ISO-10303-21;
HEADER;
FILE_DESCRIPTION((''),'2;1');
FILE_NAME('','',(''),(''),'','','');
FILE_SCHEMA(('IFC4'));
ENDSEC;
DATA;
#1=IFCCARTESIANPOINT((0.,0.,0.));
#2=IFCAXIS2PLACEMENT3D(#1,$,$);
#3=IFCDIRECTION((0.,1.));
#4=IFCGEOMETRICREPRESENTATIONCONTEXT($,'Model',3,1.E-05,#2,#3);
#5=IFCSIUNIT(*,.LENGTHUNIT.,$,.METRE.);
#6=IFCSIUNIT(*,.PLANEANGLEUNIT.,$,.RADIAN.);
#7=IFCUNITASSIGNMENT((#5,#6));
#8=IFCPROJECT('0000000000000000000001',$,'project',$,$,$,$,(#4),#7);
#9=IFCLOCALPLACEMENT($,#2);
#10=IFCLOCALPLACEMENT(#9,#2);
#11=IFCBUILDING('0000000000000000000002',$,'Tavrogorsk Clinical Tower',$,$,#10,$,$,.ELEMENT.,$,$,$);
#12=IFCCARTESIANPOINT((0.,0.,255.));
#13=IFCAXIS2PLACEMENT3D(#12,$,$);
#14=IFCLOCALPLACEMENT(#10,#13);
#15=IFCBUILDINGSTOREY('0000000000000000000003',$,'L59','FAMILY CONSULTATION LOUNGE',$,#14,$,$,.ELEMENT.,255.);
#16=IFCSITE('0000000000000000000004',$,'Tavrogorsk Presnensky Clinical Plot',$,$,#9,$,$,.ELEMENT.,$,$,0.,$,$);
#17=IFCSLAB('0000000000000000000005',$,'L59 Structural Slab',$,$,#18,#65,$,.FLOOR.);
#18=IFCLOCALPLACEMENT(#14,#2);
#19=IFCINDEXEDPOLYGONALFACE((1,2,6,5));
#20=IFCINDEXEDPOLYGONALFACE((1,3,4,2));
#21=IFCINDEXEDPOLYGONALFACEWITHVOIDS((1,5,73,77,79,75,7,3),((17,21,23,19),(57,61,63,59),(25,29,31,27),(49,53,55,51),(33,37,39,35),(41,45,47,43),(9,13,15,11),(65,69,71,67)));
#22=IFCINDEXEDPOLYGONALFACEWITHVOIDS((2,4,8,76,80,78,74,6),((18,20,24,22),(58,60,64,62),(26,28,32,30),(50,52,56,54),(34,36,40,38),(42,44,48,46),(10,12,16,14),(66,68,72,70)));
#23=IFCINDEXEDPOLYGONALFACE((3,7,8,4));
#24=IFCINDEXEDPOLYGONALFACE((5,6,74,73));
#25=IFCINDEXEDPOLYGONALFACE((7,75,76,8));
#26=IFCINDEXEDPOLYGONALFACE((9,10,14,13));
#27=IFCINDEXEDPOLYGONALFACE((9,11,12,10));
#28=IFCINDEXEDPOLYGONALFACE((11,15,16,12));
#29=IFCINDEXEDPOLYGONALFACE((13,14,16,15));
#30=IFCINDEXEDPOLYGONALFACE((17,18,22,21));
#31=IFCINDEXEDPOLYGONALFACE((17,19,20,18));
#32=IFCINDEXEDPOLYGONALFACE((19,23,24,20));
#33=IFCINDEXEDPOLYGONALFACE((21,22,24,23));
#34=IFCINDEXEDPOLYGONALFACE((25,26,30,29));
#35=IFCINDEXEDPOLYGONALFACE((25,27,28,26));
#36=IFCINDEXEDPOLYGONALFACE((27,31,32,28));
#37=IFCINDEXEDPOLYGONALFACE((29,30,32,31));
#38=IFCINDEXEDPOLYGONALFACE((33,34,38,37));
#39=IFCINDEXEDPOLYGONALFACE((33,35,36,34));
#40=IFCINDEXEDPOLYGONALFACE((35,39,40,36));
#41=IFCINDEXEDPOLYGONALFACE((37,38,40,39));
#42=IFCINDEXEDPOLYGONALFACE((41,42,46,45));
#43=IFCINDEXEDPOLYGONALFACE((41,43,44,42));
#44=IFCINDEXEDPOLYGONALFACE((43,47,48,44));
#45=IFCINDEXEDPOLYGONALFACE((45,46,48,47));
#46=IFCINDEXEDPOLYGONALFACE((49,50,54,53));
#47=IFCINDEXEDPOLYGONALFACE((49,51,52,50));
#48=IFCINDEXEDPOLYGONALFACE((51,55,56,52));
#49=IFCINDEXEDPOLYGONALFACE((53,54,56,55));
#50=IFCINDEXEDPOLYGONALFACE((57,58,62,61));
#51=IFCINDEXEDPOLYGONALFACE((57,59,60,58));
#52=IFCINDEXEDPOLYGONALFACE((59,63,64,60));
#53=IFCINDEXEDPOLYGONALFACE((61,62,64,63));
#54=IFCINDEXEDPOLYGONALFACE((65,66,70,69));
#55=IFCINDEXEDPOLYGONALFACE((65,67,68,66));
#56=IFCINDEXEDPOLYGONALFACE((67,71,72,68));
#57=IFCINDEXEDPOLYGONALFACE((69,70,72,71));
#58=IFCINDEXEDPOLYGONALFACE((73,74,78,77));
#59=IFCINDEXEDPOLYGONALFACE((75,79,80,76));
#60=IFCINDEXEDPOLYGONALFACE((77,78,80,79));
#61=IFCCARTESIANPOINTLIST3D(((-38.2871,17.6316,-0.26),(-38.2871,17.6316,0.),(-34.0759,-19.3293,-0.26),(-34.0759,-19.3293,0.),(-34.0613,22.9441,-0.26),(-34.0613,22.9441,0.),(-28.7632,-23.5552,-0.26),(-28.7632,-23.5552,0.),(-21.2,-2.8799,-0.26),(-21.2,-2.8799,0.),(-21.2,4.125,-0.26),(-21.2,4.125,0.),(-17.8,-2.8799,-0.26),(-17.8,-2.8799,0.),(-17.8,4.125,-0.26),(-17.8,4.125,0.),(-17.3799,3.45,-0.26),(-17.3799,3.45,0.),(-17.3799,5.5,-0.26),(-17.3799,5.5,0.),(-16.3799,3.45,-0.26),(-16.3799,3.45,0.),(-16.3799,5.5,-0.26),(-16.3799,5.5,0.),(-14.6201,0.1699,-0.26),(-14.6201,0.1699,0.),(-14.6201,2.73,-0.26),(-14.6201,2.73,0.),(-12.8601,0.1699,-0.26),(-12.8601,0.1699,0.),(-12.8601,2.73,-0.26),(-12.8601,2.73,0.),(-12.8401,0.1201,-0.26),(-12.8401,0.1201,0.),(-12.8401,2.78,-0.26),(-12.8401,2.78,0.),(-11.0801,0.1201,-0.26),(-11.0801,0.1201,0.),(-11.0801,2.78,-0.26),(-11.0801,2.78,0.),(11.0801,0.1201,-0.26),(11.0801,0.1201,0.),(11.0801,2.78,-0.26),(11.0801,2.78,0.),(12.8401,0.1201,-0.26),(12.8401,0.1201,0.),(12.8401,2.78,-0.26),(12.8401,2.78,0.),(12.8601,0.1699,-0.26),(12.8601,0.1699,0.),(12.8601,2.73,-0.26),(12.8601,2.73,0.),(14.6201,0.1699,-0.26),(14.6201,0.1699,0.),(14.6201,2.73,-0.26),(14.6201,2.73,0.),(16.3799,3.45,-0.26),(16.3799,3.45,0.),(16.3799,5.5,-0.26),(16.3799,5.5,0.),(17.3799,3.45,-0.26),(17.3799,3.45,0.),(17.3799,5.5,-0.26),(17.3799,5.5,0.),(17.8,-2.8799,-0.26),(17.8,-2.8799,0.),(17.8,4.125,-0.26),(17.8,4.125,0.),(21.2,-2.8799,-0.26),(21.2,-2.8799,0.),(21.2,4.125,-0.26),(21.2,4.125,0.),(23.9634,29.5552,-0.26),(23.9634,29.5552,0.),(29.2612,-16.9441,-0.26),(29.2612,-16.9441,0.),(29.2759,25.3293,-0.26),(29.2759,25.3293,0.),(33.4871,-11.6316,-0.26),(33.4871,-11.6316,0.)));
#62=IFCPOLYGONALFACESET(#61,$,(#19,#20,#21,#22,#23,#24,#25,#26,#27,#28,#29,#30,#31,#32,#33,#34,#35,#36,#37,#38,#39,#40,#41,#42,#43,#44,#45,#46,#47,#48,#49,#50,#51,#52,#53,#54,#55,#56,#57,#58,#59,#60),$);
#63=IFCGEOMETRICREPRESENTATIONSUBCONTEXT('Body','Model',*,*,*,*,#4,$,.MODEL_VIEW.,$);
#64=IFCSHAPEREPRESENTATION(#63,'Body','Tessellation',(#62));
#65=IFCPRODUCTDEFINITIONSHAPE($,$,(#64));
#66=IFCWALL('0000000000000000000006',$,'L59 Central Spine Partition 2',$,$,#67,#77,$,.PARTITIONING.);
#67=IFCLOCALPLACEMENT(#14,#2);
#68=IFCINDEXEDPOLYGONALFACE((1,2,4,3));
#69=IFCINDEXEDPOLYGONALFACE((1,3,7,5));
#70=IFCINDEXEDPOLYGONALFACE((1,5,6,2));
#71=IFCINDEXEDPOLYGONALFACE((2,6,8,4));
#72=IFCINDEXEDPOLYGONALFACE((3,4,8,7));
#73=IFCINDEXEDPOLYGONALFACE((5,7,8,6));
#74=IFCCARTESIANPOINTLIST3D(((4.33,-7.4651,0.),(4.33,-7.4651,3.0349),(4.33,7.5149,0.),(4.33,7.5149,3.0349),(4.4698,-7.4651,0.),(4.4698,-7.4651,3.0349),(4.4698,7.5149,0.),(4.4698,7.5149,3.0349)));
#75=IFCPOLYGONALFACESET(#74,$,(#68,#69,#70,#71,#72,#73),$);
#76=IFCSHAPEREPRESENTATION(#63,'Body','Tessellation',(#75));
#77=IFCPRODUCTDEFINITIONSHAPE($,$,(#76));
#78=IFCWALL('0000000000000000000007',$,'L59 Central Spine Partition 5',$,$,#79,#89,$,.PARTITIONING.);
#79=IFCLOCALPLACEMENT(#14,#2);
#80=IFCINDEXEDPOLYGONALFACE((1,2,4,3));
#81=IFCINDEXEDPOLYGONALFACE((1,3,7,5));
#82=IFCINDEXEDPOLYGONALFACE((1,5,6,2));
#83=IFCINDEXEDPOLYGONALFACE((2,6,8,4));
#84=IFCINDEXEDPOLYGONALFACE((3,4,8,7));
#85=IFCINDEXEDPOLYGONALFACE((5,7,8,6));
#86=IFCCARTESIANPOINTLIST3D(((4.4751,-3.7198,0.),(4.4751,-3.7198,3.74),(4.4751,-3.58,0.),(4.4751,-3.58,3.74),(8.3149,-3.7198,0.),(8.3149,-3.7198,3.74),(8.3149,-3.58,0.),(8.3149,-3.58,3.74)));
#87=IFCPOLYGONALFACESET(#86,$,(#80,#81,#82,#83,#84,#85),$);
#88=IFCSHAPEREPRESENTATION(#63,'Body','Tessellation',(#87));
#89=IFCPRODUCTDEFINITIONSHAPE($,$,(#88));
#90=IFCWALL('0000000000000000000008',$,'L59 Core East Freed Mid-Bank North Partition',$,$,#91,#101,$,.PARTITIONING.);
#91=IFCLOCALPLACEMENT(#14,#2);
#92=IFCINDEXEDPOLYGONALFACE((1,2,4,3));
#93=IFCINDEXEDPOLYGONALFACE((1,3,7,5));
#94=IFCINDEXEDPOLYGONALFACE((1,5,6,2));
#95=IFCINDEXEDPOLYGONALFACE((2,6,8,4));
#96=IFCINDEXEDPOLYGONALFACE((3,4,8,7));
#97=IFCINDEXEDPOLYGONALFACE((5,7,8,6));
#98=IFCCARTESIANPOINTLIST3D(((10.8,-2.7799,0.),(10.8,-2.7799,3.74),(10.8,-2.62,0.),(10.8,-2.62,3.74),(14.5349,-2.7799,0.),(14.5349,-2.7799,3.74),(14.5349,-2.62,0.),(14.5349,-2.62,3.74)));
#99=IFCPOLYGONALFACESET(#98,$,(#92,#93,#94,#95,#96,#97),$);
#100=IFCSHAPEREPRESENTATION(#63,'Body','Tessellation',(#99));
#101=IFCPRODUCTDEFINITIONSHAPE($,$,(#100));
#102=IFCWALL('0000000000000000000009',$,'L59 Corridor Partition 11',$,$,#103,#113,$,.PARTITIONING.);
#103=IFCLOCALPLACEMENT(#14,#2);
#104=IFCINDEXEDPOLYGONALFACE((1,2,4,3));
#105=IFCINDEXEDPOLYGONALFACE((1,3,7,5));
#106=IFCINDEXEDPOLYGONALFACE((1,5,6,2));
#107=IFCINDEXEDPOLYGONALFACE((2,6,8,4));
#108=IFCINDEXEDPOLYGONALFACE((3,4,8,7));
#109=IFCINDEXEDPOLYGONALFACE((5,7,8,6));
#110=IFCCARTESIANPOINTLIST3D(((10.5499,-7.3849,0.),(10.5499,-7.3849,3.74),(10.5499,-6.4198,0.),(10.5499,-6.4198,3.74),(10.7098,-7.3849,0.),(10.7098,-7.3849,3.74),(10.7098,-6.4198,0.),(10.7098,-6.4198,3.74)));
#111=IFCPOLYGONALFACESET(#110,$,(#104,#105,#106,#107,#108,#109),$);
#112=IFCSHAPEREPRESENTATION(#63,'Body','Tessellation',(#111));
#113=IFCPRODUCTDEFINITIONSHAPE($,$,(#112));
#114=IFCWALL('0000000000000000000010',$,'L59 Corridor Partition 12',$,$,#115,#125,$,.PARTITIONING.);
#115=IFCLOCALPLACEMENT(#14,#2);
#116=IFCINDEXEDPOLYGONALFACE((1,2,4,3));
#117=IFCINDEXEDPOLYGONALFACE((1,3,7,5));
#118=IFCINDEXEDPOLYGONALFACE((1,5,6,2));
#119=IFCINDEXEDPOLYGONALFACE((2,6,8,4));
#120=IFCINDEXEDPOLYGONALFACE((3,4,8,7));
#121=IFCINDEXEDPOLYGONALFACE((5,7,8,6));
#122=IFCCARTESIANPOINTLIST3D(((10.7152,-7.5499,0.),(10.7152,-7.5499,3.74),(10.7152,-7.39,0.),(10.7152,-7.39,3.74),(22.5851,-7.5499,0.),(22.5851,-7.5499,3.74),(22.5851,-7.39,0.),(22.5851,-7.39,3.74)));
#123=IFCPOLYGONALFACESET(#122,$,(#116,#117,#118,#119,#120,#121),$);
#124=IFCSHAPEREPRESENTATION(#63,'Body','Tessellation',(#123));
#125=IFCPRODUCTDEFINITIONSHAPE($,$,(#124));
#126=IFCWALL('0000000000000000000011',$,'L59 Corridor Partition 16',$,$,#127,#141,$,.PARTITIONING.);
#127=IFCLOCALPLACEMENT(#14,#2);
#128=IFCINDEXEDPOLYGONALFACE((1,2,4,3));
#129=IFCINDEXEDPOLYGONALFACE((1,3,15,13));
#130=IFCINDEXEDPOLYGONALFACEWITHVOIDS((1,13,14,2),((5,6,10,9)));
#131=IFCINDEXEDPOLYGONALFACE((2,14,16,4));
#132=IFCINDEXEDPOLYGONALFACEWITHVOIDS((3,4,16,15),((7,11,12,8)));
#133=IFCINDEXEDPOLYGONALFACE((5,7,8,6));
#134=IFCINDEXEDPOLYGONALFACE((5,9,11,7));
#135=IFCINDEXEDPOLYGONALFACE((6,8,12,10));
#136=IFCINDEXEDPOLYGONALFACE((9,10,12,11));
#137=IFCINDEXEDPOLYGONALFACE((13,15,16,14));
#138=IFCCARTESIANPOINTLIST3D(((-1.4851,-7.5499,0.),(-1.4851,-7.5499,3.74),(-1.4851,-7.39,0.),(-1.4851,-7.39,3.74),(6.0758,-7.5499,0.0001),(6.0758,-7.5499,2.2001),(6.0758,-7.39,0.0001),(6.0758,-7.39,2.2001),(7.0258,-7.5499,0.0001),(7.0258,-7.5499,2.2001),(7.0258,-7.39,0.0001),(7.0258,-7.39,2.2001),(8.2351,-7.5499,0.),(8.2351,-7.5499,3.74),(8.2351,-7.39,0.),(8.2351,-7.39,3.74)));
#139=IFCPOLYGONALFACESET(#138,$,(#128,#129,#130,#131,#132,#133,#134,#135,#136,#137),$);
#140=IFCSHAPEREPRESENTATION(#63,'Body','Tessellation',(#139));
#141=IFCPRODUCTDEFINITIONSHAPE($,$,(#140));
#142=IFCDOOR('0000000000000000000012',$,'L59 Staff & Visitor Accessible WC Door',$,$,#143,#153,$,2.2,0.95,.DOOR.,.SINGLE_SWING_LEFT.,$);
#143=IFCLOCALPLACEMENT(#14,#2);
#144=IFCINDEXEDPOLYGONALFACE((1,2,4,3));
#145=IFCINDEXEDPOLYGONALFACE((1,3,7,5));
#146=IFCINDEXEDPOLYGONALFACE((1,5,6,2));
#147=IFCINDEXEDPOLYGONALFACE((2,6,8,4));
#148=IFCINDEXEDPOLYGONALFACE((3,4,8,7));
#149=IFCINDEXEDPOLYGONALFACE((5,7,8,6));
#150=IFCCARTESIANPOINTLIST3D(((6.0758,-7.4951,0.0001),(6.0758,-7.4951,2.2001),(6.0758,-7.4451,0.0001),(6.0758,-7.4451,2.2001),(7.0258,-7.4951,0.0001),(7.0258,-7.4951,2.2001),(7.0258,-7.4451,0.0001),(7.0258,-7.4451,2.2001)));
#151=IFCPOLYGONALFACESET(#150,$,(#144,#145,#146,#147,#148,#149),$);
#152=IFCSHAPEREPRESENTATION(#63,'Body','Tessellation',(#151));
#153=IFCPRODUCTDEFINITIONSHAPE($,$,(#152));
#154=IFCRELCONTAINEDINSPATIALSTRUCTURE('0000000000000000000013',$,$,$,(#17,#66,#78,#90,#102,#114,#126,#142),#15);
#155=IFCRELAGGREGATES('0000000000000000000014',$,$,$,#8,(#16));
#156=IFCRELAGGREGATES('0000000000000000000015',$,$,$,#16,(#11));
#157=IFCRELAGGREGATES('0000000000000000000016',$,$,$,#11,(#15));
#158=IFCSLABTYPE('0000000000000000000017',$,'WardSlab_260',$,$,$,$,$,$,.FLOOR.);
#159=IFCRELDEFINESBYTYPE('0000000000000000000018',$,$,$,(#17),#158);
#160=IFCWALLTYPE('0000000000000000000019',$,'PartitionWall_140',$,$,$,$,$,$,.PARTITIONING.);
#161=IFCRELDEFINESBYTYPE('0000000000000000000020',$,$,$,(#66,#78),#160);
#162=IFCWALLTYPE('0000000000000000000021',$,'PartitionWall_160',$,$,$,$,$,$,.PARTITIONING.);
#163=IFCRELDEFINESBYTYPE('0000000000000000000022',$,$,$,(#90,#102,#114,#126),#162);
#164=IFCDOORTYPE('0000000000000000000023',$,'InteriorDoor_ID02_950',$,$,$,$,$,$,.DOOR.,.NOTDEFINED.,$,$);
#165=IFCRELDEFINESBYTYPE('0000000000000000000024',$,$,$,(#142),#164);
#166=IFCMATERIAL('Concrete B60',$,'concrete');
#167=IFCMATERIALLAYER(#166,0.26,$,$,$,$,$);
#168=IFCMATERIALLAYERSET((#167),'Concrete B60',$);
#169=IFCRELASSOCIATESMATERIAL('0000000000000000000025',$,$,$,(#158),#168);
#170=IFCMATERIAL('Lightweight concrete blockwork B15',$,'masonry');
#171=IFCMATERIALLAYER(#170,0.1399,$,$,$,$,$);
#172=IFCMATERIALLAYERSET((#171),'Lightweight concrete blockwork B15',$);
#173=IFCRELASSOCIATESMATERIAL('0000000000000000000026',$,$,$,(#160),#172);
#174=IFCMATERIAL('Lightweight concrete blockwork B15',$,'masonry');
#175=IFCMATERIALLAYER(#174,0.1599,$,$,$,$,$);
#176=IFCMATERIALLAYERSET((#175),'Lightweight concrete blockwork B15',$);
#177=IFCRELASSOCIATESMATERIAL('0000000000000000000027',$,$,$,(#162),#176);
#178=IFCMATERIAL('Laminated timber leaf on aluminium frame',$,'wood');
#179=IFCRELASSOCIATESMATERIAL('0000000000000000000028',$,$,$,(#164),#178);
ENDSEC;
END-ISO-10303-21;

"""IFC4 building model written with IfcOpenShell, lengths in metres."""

from ifc_helpers import new_model, si_unit, direction, frame, frame_2d, origin, place, context, subcontext, project, spatial, polyline, rectangle, outline, extrude, material, layer, layer_set, type_object, element, fill, save


model = new_model("IFC4")

# Units and contexts
model_context = context("Model", 3, precision=1e-05, world=origin(), true_north=direction((0.0, 1.0)))
body_context = subcontext(model_context, "Body", "Model", "MODEL_VIEW")
ifc_project = project(units=[si_unit("LENGTHUNIT", "METRE"), si_unit("PLANEANGLEUNIT", "RADIAN")], contexts=[model_context])

# Site, building, storey
site_placement = place(None, origin())
site = spatial("IfcSite", under=ifc_project, at=site_placement, Name="Tavrogorsk Presnensky Clinical Plot", CompositionType="ELEMENT", RefElevation=0.0)
building_placement = place(site_placement, origin())
building = spatial("IfcBuilding", under=site, at=building_placement, Name="Tavrogorsk Clinical Tower", CompositionType="ELEMENT")
storey_placement = place(building_placement, frame((0.0, 0.0, 255.0)))
storey = spatial("IfcBuildingStorey", under=building, at=storey_placement, Name="L59", Description="FAMILY CONSULTATION LOUNGE", CompositionType="ELEMENT", Elevation=255.0)

# Slab
ifc_material_1 = material(Name="Concrete B60", Category="concrete")
ifc_layer_1 = layer(ifc_material_1, 0.26)
ifc_layer_set_1 = layer_set([ifc_layer_1], Name="Concrete B60")
slab_type_1 = type_object("IfcSlabType", Name="WardSlab_260", PredefinedType="FLOOR", material=ifc_layer_set_1)
slab_1_placement = place(storey_placement, frame((0.0, 0.0, -0.26)))
element("IfcSlab", 1, at=slab_1_placement, inside=storey, type_object=slab_type_1, Name="L59 Structural Slab", PredefinedType="FLOOR", context=body_context, shape_type="SweptSolid", body=[
    extrude(outline(polyline([(-28.7632, -23.5552), (29.2612, -16.9441), (33.4871, -11.6316), (29.2759, 25.3293), (23.9634, 29.5552), (-34.0613, 22.9441), (-38.2871, 17.6316), (-34.0759, -19.3293), (-28.7632, -23.5552)]), holes=[polyline([(-17.8, -2.8799), (-17.8, 4.125), (-21.2, 4.125), (-21.2, -2.8799), (-17.8, -2.8799)]), polyline([(21.2, -2.8799), (21.2, 4.125), (17.8, 4.125), (17.8, -2.8799), (21.2, -2.8799)]), polyline([(-14.6201, 0.1699), (-12.8601, 0.1699), (-12.8601, 2.73), (-14.6201, 2.73), (-14.6201, 0.1699)]), polyline([(-12.8401, 0.1201), (-11.0801, 0.1201), (-11.0801, 2.78), (-12.8401, 2.78), (-12.8401, 0.1201)]), polyline([(12.8601, 0.1699), (14.6201, 0.1699), (14.6201, 2.73), (12.8601, 2.73), (12.8601, 0.1699)]), polyline([(11.0801, 0.1201), (12.8401, 0.1201), (12.8401, 2.78), (11.0801, 2.78), (11.0801, 0.1201)]), polyline([(-17.3799, 3.45), (-16.3799, 3.45), (-16.3799, 5.5), (-17.3799, 5.5), (-17.3799, 3.45)]), polyline([(16.3799, 3.45), (17.3799, 3.45), (17.3799, 5.5), (16.3799, 5.5), (16.3799, 3.45)])]), origin(), (0.0, 0.0, 1.0), 0.26),
])

# Walls
ifc_material_2 = material(Name="Lightweight concrete blockwork B15", Category="masonry")
ifc_layer_2 = layer(ifc_material_2, 0.1399)
ifc_layer_set_2 = layer_set([ifc_layer_2], Name="Lightweight concrete blockwork B15")
wall_type_1 = type_object("IfcWallType", Name="PartitionWall_140", PredefinedType="PARTITIONING", material=ifc_layer_set_2)
wall_1_placement = place(storey_placement, frame((4.3999, -7.4651, 0.0), z_axis=(0.0, 0.0, 1.0), x_axis=(0.0, 1.0, 0.0)))
element("IfcWall", 2, at=wall_1_placement, inside=storey, type_object=wall_type_1, Name="L59 Central Spine Partition 2", PredefinedType="PARTITIONING", context=body_context, shape_type="SweptSolid", body=[
    extrude(rectangle(XDim=14.98, YDim=0.1399, at=frame_2d((7.49, 0.0))), origin(), (0.0, 0.0, 1.0), 3.0349),
])
wall_2_placement = place(storey_placement, frame((4.4751, -3.6499, 0.0), z_axis=(0.0, 0.0, 1.0), x_axis=(1.0, 0.0, 0.0)))
element("IfcWall", 3, at=wall_2_placement, inside=storey, type_object=wall_type_1, Name="L59 Central Spine Partition 5", PredefinedType="PARTITIONING", context=body_context, shape_type="SweptSolid", body=[
    extrude(rectangle(XDim=3.8398, YDim=0.1399, at=frame_2d((1.9199, 0.0))), origin(), (0.0, 0.0, 1.0), 3.74),
])
ifc_material_3 = material(Name="Lightweight concrete blockwork B15", Category="masonry")
ifc_layer_3 = layer(ifc_material_3, 0.1599)
ifc_layer_set_3 = layer_set([ifc_layer_3], Name="Lightweight concrete blockwork B15")
wall_type_2 = type_object("IfcWallType", Name="PartitionWall_160", PredefinedType="PARTITIONING", material=ifc_layer_set_3)
wall_3_placement = place(storey_placement, frame((10.8, -2.7, 0.0), z_axis=(0.0, 0.0, 1.0), x_axis=(1.0, 0.0, 0.0)))
element("IfcWall", 4, at=wall_3_placement, inside=storey, type_object=wall_type_2, Name="L59 Core East Freed Mid-Bank North Partition", PredefinedType="PARTITIONING", context=body_context, shape_type="SweptSolid", body=[
    extrude(rectangle(XDim=3.7349, YDim=0.1599, at=frame_2d((1.8674, 0.0))), origin(), (0.0, 0.0, 1.0), 3.74),
])
wall_4_placement = place(storey_placement, frame((10.6299, -6.4199, 0.0), z_axis=(0.0, 0.0, 1.0), x_axis=(0.0, -1.0, 0.0)))
element("IfcWall", 5, at=wall_4_placement, inside=storey, type_object=wall_type_2, Name="L59 Corridor Partition 11", PredefinedType="PARTITIONING", context=body_context, shape_type="SweptSolid", body=[
    extrude(rectangle(XDim=0.9651, YDim=0.1599, at=frame_2d((0.4824, 0.0))), origin(), (0.0, 0.0, 1.0), 3.74),
])
wall_5_placement = place(storey_placement, frame((10.7151, -7.47, 0.0), z_axis=(0.0, 0.0, 1.0), x_axis=(1.0, 0.0, 0.0)))
element("IfcWall", 6, at=wall_5_placement, inside=storey, type_object=wall_type_2, Name="L59 Corridor Partition 12", PredefinedType="PARTITIONING", context=body_context, shape_type="SweptSolid", body=[
    extrude(rectangle(XDim=11.8699, YDim=0.1599, at=frame_2d((5.9351, 0.0))), origin(), (0.0, 0.0, 1.0), 3.74),
])

# Wall, opening, door
wall_6_placement = place(storey_placement, frame((-1.4851, -7.47, 0.0), z_axis=(0.0, 0.0, 1.0), x_axis=(1.0, 0.0, 0.0)))
wall_6 = element("IfcWall", 7, at=wall_6_placement, inside=storey, type_object=wall_type_2, Name="L59 Corridor Partition 16", PredefinedType="PARTITIONING", context=body_context, shape_type="SweptSolid", body=[
    extrude(rectangle(XDim=9.7202, YDim=0.1599, at=frame_2d((4.8601, 0.0))), origin(), (0.0, 0.0, 1.0), 3.74),
])
opening_1_placement = place(wall_6_placement, frame((7.5608, 0.0, 0.0)))
opening_1 = element("IfcOpeningElement", 8, at=opening_1_placement, cuts=wall_6, PredefinedType="OPENING", context=body_context, shape_type="SweptSolid", body=[
    extrude(rectangle(XDim=0.95, YDim=2.2, at=frame_2d((0.4751, 1.1001))), frame((0.0, 0.0898, 0.0), z_axis=(0.0, -1.0, 0.0), x_axis=(1.0, 0.0, 0.0)), (0.0, 0.0, 1.0), 0.1799),
])
ifc_material_4 = material(Name="Laminated timber leaf on aluminium frame", Category="wood")
door_type = type_object("IfcDoorType", Name="InteriorDoor_ID02_950", OperationType="NOTDEFINED", PredefinedType="DOOR", material=ifc_material_4)
door_1_placement = place(opening_1_placement, origin())
door_1 = element("IfcDoor", 9, at=door_1_placement, inside=storey, type_object=door_type, Name="L59 Staff & Visitor Accessible WC Door", OperationType="SINGLE_SWING_LEFT", OverallHeight=2.2, OverallWidth=0.95, PredefinedType="DOOR", context=body_context, shape_type="SweptSolid", body=[
    extrude(rectangle(XDim=0.95, YDim=2.2, at=frame_2d((0.4751, 1.1001))), frame((0.0, 0.0249, 0.0), z_axis=(0.0, -1.0, 0.0), x_axis=(1.0, 0.0, 0.0)), (0.0, 0.0, 1.0), 0.05),
])
fill(opening_1, door_1)

save(model, "model.ifc")
